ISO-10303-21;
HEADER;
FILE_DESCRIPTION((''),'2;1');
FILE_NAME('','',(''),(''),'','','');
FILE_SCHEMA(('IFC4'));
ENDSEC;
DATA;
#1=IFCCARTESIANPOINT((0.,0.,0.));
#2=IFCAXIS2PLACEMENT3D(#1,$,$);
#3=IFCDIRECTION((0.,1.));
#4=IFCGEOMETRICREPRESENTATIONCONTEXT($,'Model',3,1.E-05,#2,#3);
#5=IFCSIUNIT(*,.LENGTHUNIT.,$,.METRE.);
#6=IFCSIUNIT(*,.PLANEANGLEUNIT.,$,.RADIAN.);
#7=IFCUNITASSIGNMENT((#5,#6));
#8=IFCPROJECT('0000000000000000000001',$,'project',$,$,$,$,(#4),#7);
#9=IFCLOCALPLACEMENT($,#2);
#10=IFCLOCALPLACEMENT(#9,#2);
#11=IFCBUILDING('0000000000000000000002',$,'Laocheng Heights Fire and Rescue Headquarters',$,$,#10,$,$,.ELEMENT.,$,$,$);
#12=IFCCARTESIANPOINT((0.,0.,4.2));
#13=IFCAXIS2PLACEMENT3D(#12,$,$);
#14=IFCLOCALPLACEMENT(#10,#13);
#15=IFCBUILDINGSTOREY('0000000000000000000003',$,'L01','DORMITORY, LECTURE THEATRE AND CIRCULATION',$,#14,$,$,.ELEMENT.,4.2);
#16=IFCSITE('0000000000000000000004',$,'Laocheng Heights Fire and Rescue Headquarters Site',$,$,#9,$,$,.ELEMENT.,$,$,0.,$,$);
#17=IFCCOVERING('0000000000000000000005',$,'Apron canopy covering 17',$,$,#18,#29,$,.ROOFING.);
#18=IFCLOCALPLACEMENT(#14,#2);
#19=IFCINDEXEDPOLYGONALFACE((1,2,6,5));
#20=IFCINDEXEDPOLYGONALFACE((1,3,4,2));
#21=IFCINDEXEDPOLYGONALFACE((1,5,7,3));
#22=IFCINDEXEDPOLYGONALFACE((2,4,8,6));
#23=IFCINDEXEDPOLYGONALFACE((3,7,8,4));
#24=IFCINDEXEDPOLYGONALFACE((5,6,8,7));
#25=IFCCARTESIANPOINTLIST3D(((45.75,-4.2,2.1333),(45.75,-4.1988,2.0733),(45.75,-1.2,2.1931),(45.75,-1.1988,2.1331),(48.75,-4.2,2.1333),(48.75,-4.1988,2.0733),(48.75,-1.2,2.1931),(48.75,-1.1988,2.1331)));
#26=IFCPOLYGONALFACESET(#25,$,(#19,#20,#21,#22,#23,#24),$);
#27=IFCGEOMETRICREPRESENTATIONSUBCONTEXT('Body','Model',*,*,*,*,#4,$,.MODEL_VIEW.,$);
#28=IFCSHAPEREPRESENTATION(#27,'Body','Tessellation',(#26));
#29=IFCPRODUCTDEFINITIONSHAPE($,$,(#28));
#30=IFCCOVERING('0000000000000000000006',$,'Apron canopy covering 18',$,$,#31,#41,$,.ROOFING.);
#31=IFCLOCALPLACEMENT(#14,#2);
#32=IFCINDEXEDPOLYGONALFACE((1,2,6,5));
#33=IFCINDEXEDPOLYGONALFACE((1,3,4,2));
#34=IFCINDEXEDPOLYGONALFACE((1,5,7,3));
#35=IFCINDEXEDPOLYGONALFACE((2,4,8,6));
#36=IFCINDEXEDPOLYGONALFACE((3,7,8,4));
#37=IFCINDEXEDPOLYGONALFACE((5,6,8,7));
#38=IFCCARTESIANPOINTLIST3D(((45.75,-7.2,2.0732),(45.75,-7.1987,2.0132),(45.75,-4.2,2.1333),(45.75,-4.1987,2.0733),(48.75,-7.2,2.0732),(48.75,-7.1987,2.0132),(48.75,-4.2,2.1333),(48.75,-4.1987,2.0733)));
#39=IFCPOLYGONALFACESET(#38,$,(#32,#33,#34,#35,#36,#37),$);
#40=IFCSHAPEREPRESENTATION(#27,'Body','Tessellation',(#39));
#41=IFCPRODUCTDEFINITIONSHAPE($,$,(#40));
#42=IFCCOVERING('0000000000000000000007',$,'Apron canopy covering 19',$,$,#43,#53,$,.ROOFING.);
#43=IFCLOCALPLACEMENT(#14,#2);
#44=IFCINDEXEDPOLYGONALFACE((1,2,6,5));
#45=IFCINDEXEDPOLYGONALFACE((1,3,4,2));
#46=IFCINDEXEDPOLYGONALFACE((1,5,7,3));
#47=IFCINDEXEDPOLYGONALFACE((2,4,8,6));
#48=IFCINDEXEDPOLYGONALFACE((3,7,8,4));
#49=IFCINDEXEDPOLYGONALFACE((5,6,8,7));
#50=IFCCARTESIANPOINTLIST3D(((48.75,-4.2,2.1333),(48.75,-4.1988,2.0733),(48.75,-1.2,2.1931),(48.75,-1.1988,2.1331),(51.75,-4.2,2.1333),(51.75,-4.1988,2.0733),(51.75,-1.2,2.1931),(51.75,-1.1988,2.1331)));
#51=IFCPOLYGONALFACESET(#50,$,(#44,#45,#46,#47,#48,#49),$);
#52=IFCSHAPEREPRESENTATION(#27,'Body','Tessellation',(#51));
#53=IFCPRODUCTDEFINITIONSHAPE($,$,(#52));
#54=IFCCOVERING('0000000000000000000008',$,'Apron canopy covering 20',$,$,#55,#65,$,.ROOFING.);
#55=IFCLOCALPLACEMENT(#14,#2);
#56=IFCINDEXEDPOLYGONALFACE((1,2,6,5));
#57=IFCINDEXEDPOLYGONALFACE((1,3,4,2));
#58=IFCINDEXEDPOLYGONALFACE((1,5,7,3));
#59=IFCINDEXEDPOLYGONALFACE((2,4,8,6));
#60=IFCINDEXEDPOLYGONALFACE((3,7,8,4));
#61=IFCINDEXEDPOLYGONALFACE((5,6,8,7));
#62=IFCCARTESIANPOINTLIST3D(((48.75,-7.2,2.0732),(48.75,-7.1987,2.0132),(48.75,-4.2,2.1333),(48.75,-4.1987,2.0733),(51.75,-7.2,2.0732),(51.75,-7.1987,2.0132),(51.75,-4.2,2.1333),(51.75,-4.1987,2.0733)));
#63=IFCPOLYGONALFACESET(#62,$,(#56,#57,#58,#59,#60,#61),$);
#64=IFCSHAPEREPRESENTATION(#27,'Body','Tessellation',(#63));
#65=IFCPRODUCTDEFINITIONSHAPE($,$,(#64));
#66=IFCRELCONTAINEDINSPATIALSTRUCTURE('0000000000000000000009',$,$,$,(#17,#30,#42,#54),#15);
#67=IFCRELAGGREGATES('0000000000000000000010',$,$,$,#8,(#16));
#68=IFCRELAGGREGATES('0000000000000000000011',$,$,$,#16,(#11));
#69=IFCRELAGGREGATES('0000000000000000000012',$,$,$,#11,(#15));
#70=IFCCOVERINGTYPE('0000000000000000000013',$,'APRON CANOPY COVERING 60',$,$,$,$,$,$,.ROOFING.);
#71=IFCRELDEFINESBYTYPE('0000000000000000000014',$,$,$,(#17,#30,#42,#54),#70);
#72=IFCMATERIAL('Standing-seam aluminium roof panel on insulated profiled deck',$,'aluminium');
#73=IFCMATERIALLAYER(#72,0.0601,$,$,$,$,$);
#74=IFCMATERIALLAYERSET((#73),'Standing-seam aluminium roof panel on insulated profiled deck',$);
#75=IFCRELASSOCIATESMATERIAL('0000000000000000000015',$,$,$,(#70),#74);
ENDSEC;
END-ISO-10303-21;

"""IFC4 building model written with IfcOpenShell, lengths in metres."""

from ifc_helpers import new_model, si_unit, direction, frame, origin, place, context, subcontext, project, spatial, polyline, outline, extrude, material, layer, layer_set, type_object, element, save


model = new_model("IFC4")

# Units and contexts
model_context = context("Model", 3, precision=1e-05, world=origin(), true_north=direction((0.0, 1.0)))
body_context = subcontext(model_context, "Body", "Model", "MODEL_VIEW")
ifc_project = project(units=[si_unit("LENGTHUNIT", "METRE"), si_unit("PLANEANGLEUNIT", "RADIAN")], contexts=[model_context])

# Site, building, storey
site_placement = place(None, origin())
site = spatial("IfcSite", under=ifc_project, at=site_placement, Name="Laocheng Heights Fire and Rescue Headquarters Site", CompositionType="ELEMENT", RefElevation=0.0)
building_placement = place(site_placement, origin())
building = spatial("IfcBuilding", under=site, at=building_placement, Name="Laocheng Heights Fire and Rescue Headquarters", CompositionType="ELEMENT")
storey_placement = place(building_placement, frame((0.0, 0.0, 4.2)))
storey = spatial("IfcBuildingStorey", under=building, at=storey_placement, Name="L01", Description="DORMITORY, LECTURE THEATRE AND CIRCULATION", CompositionType="ELEMENT", Elevation=4.2)

# Coverings
ifc_material_1 = material(Name="Standing-seam aluminium roof panel on insulated profiled deck", Category="aluminium")
ifc_layer_1 = layer(ifc_material_1, 0.0601)
ifc_layer_set_1 = layer_set([ifc_layer_1], Name="Standing-seam aluminium roof panel on insulated profiled deck")
covering_type = type_object("IfcCoveringType", Name="APRON CANOPY COVERING 60", PredefinedType="ROOFING", material=ifc_layer_set_1)
covering_1_placement = place(storey_placement, frame((45.75, -1.2, 2.1931), z_axis=(0.0, -0.019934, 0.999801), x_axis=(1.0, 0.0, 0.0)))
element("IfcCovering", 1, at=covering_1_placement, inside=storey, type_object=covering_type, Name="Apron canopy covering 17", PredefinedType="ROOFING", context=body_context, shape_type="SweptSolid", body=[
    extrude(outline(polyline([(0.0, 0.0), (3.0, 0.0), (3.0, -3.0006), (0.0, -3.0006), (0.0, 0.0)])), origin(), (0.0, 0.0, -1.0), 0.0601),
])
covering_2_placement = place(storey_placement, frame((45.75, -4.2, 2.1333), z_axis=(0.0, -0.020016, 0.9998), x_axis=(1.0, 0.0, 0.0)))
element("IfcCovering", 2, at=covering_2_placement, inside=storey, type_object=covering_type, Name="Apron canopy covering 18", PredefinedType="ROOFING", context=body_context, shape_type="SweptSolid", body=[
    extrude(outline(polyline([(0.0, 0.0), (3.0, 0.0), (3.0, -3.0006), (0.0, -3.0006), (0.0, 0.0)])), origin(), (0.0, 0.0, -1.0), 0.0601),
])
covering_3_placement = place(storey_placement, frame((48.75, -1.2, 2.1931), z_axis=(0.0, -0.019934, 0.999801), x_axis=(1.0, 0.0, 0.0)))
element("IfcCovering", 3, at=covering_3_placement, inside=storey, type_object=covering_type, Name="Apron canopy covering 19", PredefinedType="ROOFING", context=body_context, shape_type="SweptSolid", body=[
    extrude(outline(polyline([(0.0, 0.0), (3.0, 0.0), (3.0, -3.0006), (0.0, -3.0006), (0.0, 0.0)])), origin(), (0.0, 0.0, -1.0), 0.0601),
])
covering_4_placement = place(storey_placement, frame((48.75, -4.2, 2.1333), z_axis=(0.0, -0.020016, 0.9998), x_axis=(1.0, 0.0, 0.0)))
element("IfcCovering", 4, at=covering_4_placement, inside=storey, type_object=covering_type, Name="Apron canopy covering 20", PredefinedType="ROOFING", context=body_context, shape_type="SweptSolid", body=[
    extrude(outline(polyline([(0.0, 0.0), (3.0, 0.0), (3.0, -3.0006), (0.0, -3.0006), (0.0, 0.0)])), origin(), (0.0, 0.0, -1.0), 0.0601),
])

save(model, "model.ifc")
